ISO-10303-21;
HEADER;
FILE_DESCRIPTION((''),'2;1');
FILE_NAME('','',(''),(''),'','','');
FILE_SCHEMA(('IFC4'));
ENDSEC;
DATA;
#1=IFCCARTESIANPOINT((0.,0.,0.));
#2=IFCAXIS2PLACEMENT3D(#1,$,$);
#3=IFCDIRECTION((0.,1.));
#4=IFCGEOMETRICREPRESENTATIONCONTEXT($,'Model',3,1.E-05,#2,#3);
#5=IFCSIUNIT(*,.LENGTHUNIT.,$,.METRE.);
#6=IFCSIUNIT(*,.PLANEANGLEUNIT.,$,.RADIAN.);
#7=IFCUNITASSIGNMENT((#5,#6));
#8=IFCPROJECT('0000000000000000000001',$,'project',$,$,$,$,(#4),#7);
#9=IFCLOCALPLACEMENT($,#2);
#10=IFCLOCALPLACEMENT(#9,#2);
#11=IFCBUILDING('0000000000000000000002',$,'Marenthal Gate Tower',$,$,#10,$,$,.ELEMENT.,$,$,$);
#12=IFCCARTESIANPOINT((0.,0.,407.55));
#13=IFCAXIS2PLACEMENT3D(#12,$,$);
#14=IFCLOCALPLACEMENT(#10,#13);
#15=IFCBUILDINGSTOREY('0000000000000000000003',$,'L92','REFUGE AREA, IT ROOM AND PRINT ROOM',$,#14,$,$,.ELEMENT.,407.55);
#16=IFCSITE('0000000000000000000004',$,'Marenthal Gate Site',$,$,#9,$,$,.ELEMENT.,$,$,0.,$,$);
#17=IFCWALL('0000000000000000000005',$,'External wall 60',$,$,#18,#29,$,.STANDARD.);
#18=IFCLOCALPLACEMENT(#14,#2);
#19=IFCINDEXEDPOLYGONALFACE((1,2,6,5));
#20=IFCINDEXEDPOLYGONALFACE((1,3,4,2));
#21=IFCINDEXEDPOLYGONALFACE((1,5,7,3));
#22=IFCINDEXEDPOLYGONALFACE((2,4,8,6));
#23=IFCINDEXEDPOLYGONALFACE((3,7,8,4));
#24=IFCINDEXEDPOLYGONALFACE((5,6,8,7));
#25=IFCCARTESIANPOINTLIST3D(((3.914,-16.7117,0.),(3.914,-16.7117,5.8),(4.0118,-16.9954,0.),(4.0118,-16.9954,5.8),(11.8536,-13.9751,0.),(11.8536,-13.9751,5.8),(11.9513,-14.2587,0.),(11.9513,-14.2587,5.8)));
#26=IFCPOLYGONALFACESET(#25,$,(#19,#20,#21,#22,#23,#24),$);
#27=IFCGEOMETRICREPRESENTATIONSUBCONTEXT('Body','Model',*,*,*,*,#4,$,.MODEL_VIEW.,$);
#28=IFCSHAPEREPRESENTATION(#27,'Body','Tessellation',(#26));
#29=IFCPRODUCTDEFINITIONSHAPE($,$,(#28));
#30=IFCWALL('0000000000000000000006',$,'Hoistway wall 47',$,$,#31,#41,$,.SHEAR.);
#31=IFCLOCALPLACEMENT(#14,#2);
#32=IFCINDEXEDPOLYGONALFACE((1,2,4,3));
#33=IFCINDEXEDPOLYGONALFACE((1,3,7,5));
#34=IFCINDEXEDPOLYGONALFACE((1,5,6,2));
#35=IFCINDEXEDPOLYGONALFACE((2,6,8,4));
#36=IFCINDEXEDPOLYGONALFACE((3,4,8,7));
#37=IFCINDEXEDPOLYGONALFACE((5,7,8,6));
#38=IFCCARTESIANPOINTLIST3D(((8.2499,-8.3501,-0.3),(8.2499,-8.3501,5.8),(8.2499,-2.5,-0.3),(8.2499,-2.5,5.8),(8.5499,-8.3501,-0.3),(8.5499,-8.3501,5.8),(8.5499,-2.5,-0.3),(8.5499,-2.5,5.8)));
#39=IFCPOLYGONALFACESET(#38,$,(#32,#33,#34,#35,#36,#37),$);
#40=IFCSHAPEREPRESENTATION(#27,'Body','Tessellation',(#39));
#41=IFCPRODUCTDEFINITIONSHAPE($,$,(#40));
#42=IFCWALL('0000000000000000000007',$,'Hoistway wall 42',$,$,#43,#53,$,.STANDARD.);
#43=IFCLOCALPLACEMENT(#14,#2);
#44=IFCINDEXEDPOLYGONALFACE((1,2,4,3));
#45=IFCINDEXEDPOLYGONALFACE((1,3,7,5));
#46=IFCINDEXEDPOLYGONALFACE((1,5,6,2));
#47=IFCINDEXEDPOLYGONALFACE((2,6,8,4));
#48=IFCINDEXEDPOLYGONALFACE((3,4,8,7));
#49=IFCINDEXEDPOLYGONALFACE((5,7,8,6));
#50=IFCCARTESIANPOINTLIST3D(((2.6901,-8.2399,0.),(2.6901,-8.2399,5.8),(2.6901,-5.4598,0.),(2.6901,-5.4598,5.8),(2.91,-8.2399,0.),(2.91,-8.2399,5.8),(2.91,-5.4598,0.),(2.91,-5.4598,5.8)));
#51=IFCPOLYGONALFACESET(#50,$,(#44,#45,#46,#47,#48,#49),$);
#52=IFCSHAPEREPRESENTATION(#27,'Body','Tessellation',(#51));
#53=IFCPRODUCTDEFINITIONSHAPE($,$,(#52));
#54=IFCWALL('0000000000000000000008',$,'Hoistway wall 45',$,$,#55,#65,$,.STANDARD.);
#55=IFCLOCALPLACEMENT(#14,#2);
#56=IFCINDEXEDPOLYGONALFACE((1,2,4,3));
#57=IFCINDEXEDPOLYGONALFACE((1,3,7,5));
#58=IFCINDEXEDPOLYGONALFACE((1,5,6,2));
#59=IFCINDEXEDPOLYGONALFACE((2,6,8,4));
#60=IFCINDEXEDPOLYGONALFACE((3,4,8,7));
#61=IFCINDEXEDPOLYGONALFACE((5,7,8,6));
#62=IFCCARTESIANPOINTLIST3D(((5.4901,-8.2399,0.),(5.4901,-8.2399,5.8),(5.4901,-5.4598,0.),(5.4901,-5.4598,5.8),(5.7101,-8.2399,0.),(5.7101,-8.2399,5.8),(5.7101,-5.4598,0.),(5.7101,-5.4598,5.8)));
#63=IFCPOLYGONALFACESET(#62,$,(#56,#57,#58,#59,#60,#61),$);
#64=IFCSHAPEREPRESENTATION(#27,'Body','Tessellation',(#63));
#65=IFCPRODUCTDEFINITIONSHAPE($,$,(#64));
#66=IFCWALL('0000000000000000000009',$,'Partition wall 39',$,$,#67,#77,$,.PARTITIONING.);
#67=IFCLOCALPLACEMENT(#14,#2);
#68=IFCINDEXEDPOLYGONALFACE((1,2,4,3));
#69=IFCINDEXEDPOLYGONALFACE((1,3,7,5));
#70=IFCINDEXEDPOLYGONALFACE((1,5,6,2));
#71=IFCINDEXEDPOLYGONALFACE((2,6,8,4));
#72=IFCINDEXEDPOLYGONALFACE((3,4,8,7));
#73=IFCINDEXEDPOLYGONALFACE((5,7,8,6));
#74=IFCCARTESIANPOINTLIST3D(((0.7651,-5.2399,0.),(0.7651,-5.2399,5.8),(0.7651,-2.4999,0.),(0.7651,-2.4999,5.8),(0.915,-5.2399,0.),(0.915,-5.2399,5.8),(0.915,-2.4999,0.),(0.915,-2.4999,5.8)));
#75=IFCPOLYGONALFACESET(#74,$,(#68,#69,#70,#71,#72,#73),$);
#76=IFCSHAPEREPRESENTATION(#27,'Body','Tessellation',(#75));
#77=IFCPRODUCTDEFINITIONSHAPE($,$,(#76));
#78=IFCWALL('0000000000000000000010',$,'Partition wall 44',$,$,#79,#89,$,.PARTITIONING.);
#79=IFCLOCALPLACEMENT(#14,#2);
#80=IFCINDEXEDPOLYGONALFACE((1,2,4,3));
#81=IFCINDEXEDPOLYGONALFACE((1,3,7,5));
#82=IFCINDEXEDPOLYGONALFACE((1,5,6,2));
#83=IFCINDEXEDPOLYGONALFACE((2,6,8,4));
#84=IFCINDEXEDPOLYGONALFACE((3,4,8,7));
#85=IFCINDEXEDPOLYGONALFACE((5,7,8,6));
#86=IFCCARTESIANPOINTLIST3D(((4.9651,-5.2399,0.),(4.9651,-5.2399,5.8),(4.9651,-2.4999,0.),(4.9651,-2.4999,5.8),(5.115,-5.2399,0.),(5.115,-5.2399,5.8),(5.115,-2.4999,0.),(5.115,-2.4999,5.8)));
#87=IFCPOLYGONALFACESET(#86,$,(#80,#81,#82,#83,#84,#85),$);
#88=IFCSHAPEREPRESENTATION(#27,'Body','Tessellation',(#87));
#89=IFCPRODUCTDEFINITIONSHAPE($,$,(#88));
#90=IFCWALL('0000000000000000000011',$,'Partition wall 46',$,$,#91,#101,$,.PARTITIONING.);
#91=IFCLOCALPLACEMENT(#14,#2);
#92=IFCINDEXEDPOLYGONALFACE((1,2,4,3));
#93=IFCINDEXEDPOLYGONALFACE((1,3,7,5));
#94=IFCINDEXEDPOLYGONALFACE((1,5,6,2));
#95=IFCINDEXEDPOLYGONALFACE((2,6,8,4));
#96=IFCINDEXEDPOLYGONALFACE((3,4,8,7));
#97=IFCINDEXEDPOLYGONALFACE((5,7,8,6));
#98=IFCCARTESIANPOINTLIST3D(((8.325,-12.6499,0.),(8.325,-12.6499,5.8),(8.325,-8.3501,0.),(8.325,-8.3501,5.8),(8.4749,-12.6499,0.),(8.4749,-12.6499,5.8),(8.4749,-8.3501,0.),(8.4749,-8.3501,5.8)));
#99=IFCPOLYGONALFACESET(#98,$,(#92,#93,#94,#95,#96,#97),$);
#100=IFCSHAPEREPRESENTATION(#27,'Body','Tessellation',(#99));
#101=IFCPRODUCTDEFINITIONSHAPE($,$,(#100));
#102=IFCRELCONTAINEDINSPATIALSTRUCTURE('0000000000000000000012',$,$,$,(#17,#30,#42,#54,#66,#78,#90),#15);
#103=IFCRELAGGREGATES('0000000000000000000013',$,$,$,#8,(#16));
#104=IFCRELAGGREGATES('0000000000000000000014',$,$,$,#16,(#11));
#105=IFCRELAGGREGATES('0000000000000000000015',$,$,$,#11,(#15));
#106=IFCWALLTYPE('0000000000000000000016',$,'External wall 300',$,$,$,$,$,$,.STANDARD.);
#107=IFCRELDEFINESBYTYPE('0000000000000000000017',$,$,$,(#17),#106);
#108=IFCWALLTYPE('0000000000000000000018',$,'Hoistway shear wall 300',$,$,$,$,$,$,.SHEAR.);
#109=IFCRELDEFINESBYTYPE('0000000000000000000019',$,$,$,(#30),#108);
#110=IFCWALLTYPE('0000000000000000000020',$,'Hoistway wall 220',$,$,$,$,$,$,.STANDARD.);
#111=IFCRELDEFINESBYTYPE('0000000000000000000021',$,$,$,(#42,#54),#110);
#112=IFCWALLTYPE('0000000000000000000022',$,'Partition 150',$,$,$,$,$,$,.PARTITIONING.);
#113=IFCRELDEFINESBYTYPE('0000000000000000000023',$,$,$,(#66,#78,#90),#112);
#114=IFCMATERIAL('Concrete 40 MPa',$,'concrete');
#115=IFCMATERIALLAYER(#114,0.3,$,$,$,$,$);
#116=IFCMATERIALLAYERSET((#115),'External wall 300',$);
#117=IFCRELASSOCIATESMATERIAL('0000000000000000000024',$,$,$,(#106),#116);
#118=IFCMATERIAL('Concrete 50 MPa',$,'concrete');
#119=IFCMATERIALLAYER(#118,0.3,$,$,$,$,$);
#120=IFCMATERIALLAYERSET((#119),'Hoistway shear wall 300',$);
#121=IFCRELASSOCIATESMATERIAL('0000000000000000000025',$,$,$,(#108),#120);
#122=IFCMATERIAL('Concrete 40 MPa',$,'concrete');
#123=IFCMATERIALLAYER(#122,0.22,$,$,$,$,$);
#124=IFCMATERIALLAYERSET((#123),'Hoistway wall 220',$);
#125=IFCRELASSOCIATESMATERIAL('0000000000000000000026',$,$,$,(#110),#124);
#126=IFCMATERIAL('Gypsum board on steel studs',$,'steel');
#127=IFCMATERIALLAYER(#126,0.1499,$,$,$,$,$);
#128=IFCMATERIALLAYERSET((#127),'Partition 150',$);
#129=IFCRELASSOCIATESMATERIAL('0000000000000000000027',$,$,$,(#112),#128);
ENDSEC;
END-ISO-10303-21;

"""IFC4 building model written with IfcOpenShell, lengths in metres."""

from ifc_helpers import new_model, si_unit, direction, frame, frame_2d, origin, place, context, subcontext, project, spatial, rectangle, extrude, material, layer, layer_set, type_object, element, save


model = new_model("IFC4")

# Units and contexts
model_context = context("Model", 3, precision=1e-05, world=origin(), true_north=direction((0.0, 1.0)))
body_context = subcontext(model_context, "Body", "Model", "MODEL_VIEW")
ifc_project = project(units=[si_unit("LENGTHUNIT", "METRE"), si_unit("PLANEANGLEUNIT", "RADIAN")], contexts=[model_context])

# Site, building, storey
site_placement = place(None, origin())
site = spatial("IfcSite", under=ifc_project, at=site_placement, Name="Marenthal Gate Site", CompositionType="ELEMENT", RefElevation=0.0)
building_placement = place(site_placement, origin())
building = spatial("IfcBuilding", under=site, at=building_placement, Name="Marenthal Gate Tower", CompositionType="ELEMENT")
storey_placement = place(building_placement, frame((0.0, 0.0, 407.55)))
storey = spatial("IfcBuildingStorey", under=building, at=storey_placement, Name="L92", Description="REFUGE AREA, IT ROOM AND PRINT ROOM", CompositionType="ELEMENT", Elevation=407.55)

# Walls
ifc_material_1 = material(Name="Concrete 40 MPa", Category="concrete")
ifc_layer_1 = layer(ifc_material_1, 0.3)
ifc_layer_set_1 = layer_set([ifc_layer_1], Name="External wall 300")
wall_type_1 = type_object("IfcWallType", Name="External wall 300", PredefinedType="STANDARD", material=ifc_layer_set_1)
wall_1_placement = place(storey_placement, frame((3.9629, -16.8535, 0.0), z_axis=(0.0, 0.0, 1.0), x_axis=(0.945416, 0.325866, 0.0)))
element("IfcWall", 1, at=wall_1_placement, inside=storey, type_object=wall_type_1, Name="External wall 60", PredefinedType="STANDARD", context=body_context, shape_type="SweptSolid", body=[
    extrude(rectangle(XDim=8.3979, YDim=0.3, at=frame_2d((4.199, 0.0))), origin(), (0.0, 0.0, 1.0), 5.8),
])
ifc_material_2 = material(Name="Concrete 50 MPa", Category="concrete")
ifc_layer_2 = layer(ifc_material_2, 0.3)
ifc_layer_set_2 = layer_set([ifc_layer_2], Name="Hoistway shear wall 300")
wall_type_2 = type_object("IfcWallType", Name="Hoistway shear wall 300", PredefinedType="SHEAR", material=ifc_layer_set_2)
wall_2_placement = place(storey_placement, frame((8.3999, -8.3501, -0.3), z_axis=(0.0, 0.0, 1.0), x_axis=(0.0, 1.0, 0.0)))
element("IfcWall", 2, at=wall_2_placement, inside=storey, type_object=wall_type_2, Name="Hoistway wall 47", PredefinedType="SHEAR", context=body_context, shape_type="SweptSolid", body=[
    extrude(rectangle(XDim=5.8501, YDim=0.3, at=frame_2d((2.925, 0.0))), origin(), (0.0, 0.0, 1.0), 6.1001),
])
ifc_material_3 = material(Name="Concrete 40 MPa", Category="concrete")
ifc_layer_3 = layer(ifc_material_3, 0.22)
ifc_layer_set_3 = layer_set([ifc_layer_3], Name="Hoistway wall 220")
wall_type_3 = type_object("IfcWallType", Name="Hoistway wall 220", PredefinedType="STANDARD", material=ifc_layer_set_3)
for number, where, z_axis, x_axis, name in (
    (3, (2.8, -8.24, 0.0), (0.0, 0.0, 1.0), (0.0, 1.0, 0.0), "Hoistway wall 42"),
    (4, (5.6001, -8.24, 0.0), (0.0, 0.0, 1.0), (0.0, 1.0, 0.0), "Hoistway wall 45"),
):
    element("IfcWall", number, at=place(storey_placement, frame(where, z_axis=z_axis, x_axis=x_axis)), inside=storey, type_object=wall_type_3, Name=name, PredefinedType="STANDARD", context=body_context, shape_type="SweptSolid", body=[
        extrude(rectangle(XDim=2.78, YDim=0.22, at=frame_2d((1.3901, 0.0))), origin(), (0.0, 0.0, 1.0), 5.8),
    ])
ifc_material_4 = material(Name="Gypsum board on steel studs", Category="steel")
ifc_layer_4 = layer(ifc_material_4, 0.1499)
ifc_layer_set_4 = layer_set([ifc_layer_4], Name="Partition 150")
wall_type_4 = type_object("IfcWallType", Name="Partition 150", PredefinedType="PARTITIONING", material=ifc_layer_set_4)
for number, where, z_axis, x_axis, name in (
    (5, (0.8401, -5.24, 0.0), (0.0, 0.0, 1.0), (0.0, 1.0, 0.0), "Partition wall 39"),
    (6, (5.04, -5.24, 0.0), (0.0, 0.0, 1.0), (0.0, 1.0, 0.0), "Partition wall 44"),
):
    element("IfcWall", number, at=place(storey_placement, frame(where, z_axis=z_axis, x_axis=x_axis)), inside=storey, type_object=wall_type_4, Name=name, PredefinedType="PARTITIONING", context=body_context, shape_type="SweptSolid", body=[
        extrude(rectangle(XDim=2.74, YDim=0.1499, at=frame_2d((1.3701, 0.0))), origin(), (0.0, 0.0, 1.0), 5.8),
    ])
wall_3_placement = place(storey_placement, frame((8.3999, -12.6499, 0.0), z_axis=(0.0, 0.0, 1.0), x_axis=(0.0, 1.0, 0.0)))
element("IfcWall", 7, at=wall_3_placement, inside=storey, type_object=wall_type_4, Name="Partition wall 46", PredefinedType="PARTITIONING", context=body_context, shape_type="SweptSolid", body=[
    extrude(rectangle(XDim=4.2998, YDim=0.1499, at=frame_2d((2.1499, 0.0))), origin(), (0.0, 0.0, 1.0), 5.8),
])

save(model, "model.ifc")
